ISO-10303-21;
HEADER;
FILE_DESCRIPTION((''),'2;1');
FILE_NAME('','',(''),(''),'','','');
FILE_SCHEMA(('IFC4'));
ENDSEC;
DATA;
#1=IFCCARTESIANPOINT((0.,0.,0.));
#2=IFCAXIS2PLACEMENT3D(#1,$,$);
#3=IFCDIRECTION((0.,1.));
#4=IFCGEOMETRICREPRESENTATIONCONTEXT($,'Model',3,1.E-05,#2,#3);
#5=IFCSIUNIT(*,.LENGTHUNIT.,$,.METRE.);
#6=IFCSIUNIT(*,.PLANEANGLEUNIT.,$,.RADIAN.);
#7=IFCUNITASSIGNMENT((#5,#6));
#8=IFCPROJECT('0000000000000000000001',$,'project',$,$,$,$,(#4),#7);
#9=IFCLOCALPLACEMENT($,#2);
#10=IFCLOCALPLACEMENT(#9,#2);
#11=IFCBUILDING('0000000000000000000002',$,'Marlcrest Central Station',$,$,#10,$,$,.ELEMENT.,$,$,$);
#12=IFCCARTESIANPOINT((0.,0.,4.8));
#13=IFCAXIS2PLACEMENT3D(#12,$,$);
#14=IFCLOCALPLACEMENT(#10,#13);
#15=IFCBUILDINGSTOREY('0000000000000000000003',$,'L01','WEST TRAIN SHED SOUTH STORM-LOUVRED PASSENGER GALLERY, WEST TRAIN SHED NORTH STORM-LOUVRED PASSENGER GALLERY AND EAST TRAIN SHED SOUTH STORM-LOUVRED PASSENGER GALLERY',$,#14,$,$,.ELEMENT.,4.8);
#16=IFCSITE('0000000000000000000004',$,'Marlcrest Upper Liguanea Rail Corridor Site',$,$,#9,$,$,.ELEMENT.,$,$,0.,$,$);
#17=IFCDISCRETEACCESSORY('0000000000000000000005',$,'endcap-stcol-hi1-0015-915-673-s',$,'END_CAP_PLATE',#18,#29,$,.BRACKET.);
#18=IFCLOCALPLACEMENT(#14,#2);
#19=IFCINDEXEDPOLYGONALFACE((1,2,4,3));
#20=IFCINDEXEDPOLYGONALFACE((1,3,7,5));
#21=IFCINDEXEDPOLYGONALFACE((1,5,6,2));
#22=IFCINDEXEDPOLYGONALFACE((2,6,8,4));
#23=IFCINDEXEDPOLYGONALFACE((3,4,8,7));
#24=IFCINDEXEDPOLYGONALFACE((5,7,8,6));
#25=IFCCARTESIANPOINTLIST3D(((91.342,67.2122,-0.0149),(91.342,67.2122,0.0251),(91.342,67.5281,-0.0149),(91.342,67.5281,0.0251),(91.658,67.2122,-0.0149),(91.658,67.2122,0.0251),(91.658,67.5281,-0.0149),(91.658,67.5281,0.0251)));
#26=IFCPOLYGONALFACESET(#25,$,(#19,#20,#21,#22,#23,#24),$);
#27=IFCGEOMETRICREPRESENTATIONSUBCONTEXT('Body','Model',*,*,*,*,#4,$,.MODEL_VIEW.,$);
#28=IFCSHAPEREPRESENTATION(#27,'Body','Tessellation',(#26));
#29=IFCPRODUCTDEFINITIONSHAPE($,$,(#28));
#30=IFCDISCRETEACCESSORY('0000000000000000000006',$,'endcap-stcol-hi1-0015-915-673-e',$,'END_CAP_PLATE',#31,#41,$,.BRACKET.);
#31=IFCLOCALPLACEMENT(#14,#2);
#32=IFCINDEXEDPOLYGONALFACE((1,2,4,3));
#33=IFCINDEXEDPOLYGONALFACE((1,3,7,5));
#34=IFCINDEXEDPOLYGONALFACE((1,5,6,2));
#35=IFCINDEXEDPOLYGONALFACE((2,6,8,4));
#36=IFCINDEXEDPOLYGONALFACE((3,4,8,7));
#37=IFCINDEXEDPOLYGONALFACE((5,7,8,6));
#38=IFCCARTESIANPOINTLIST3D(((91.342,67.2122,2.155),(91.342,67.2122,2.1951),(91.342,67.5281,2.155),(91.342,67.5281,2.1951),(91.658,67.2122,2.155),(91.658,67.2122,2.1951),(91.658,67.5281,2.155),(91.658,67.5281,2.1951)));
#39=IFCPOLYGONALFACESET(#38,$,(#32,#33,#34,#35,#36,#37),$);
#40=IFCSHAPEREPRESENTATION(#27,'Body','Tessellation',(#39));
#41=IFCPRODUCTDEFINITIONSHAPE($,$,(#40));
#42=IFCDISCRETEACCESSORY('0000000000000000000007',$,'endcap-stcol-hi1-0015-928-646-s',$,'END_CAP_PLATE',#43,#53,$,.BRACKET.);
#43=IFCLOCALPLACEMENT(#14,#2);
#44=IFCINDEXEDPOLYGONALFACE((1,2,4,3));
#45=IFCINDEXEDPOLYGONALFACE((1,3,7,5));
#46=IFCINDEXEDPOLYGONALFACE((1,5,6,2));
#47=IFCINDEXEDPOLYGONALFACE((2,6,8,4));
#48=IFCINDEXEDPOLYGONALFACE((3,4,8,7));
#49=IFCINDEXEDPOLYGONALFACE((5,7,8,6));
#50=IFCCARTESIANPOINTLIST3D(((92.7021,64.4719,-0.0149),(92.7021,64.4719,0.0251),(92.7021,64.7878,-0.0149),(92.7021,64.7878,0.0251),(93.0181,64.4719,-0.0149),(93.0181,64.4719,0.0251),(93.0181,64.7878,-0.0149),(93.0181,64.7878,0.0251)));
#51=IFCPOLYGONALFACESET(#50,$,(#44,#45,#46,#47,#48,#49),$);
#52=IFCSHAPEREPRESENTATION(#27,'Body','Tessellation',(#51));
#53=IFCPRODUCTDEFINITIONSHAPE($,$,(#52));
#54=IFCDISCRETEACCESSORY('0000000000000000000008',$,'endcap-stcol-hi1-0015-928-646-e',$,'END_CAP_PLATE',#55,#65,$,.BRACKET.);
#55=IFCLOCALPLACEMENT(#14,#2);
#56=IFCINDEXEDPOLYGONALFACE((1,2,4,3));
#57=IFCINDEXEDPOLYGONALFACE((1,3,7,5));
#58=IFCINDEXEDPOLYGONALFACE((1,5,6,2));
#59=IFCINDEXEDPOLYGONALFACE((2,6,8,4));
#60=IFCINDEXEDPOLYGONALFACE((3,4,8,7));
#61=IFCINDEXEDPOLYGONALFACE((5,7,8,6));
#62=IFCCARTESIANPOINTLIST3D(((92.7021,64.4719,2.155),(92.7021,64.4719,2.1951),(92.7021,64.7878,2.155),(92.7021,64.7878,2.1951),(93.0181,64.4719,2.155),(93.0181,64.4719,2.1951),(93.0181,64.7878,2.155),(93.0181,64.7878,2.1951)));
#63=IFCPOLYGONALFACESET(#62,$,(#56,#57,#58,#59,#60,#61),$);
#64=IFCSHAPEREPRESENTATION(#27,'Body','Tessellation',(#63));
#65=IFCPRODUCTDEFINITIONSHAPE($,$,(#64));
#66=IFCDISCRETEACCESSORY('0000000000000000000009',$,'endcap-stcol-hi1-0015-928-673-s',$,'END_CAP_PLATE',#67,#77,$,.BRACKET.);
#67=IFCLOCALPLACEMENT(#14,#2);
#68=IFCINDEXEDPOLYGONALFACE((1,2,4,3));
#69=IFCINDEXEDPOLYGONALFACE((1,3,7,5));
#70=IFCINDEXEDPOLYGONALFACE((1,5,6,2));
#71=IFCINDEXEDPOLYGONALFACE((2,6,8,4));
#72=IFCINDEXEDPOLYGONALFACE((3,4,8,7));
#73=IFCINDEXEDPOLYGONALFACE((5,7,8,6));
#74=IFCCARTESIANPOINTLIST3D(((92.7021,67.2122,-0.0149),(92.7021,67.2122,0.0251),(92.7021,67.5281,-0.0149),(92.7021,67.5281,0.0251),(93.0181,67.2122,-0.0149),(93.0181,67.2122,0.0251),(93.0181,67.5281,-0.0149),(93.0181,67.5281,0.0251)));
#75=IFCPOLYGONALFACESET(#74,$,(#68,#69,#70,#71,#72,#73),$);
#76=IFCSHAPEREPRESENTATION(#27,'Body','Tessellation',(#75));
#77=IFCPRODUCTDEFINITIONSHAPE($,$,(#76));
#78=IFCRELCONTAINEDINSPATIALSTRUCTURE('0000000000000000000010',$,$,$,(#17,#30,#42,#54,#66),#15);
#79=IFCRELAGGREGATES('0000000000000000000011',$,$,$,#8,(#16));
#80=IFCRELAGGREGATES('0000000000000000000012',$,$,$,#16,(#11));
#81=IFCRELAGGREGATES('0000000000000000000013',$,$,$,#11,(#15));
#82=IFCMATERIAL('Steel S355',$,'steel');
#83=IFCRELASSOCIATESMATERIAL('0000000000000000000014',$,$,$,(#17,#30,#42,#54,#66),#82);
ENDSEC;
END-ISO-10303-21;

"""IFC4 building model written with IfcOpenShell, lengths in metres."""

from ifc_helpers import new_model, si_unit, direction, frame, origin, origin_2d, place, context, subcontext, project, spatial, rectangle, extrude, material, element, save


model = new_model("IFC4")

# Units and contexts
model_context = context("Model", 3, precision=1e-05, world=origin(), true_north=direction((0.0, 1.0)))
body_context = subcontext(model_context, "Body", "Model", "MODEL_VIEW")
ifc_project = project(units=[si_unit("LENGTHUNIT", "METRE"), si_unit("PLANEANGLEUNIT", "RADIAN")], contexts=[model_context])

# Site, building, storey
site_placement = place(None, origin())
site = spatial("IfcSite", under=ifc_project, at=site_placement, Name="Marlcrest Upper Liguanea Rail Corridor Site", CompositionType="ELEMENT", RefElevation=0.0)
building_placement = place(site_placement, origin())
building = spatial("IfcBuilding", under=site, at=building_placement, Name="Marlcrest Central Station", CompositionType="ELEMENT")
storey_placement = place(building_placement, frame((0.0, 0.0, 4.8)))
storey = spatial("IfcBuildingStorey", under=building, at=storey_placement, Name="L01", Description="WEST TRAIN SHED SOUTH STORM-LOUVRED PASSENGER GALLERY, WEST TRAIN SHED NORTH STORM-LOUVRED PASSENGER GALLERY AND EAST TRAIN SHED SOUTH STORM-LOUVRED PASSENGER GALLERY", CompositionType="ELEMENT", Elevation=4.8)

# Shared definitions
ifc_material_1 = material(Name="Steel S355", Category="steel")

# Discrete accessories
for number, where, z_axis, x_axis, name in (
    (1, (91.5, 67.3701, -0.0149), (0.0, 0.0, 1.0), (1.0, 0.0, 0.0), "endcap-stcol-hi1-0015-915-673-s"),
    (2, (91.5, 67.3701, 2.155), (0.0, 0.0, 1.0), (1.0, 0.0, 0.0), "endcap-stcol-hi1-0015-915-673-e"),
    (3, (92.8601, 64.6299, -0.0149), (0.0, 0.0, 1.0), (1.0, 0.0, 0.0), "endcap-stcol-hi1-0015-928-646-s"),
    (4, (92.8601, 64.6299, 2.155), (0.0, 0.0, 1.0), (1.0, 0.0, 0.0), "endcap-stcol-hi1-0015-928-646-e"),
    (5, (92.8601, 67.3701, -0.0149), (0.0, 0.0, 1.0), (1.0, 0.0, 0.0), "endcap-stcol-hi1-0015-928-673-s"),
):
    element("IfcDiscreteAccessory", number, at=place(storey_placement, frame(where, z_axis=z_axis, x_axis=x_axis)), inside=storey, material=ifc_material_1, Name=name, ObjectType="END_CAP_PLATE", PredefinedType="BRACKET", context=body_context, shape_type="SweptSolid", body=[
        extrude(rectangle(XDim=0.3159, YDim=0.3159, at=origin_2d()), origin(), (0.0, 0.0, 1.0), 0.04),
    ])

save(model, "model.ifc")
